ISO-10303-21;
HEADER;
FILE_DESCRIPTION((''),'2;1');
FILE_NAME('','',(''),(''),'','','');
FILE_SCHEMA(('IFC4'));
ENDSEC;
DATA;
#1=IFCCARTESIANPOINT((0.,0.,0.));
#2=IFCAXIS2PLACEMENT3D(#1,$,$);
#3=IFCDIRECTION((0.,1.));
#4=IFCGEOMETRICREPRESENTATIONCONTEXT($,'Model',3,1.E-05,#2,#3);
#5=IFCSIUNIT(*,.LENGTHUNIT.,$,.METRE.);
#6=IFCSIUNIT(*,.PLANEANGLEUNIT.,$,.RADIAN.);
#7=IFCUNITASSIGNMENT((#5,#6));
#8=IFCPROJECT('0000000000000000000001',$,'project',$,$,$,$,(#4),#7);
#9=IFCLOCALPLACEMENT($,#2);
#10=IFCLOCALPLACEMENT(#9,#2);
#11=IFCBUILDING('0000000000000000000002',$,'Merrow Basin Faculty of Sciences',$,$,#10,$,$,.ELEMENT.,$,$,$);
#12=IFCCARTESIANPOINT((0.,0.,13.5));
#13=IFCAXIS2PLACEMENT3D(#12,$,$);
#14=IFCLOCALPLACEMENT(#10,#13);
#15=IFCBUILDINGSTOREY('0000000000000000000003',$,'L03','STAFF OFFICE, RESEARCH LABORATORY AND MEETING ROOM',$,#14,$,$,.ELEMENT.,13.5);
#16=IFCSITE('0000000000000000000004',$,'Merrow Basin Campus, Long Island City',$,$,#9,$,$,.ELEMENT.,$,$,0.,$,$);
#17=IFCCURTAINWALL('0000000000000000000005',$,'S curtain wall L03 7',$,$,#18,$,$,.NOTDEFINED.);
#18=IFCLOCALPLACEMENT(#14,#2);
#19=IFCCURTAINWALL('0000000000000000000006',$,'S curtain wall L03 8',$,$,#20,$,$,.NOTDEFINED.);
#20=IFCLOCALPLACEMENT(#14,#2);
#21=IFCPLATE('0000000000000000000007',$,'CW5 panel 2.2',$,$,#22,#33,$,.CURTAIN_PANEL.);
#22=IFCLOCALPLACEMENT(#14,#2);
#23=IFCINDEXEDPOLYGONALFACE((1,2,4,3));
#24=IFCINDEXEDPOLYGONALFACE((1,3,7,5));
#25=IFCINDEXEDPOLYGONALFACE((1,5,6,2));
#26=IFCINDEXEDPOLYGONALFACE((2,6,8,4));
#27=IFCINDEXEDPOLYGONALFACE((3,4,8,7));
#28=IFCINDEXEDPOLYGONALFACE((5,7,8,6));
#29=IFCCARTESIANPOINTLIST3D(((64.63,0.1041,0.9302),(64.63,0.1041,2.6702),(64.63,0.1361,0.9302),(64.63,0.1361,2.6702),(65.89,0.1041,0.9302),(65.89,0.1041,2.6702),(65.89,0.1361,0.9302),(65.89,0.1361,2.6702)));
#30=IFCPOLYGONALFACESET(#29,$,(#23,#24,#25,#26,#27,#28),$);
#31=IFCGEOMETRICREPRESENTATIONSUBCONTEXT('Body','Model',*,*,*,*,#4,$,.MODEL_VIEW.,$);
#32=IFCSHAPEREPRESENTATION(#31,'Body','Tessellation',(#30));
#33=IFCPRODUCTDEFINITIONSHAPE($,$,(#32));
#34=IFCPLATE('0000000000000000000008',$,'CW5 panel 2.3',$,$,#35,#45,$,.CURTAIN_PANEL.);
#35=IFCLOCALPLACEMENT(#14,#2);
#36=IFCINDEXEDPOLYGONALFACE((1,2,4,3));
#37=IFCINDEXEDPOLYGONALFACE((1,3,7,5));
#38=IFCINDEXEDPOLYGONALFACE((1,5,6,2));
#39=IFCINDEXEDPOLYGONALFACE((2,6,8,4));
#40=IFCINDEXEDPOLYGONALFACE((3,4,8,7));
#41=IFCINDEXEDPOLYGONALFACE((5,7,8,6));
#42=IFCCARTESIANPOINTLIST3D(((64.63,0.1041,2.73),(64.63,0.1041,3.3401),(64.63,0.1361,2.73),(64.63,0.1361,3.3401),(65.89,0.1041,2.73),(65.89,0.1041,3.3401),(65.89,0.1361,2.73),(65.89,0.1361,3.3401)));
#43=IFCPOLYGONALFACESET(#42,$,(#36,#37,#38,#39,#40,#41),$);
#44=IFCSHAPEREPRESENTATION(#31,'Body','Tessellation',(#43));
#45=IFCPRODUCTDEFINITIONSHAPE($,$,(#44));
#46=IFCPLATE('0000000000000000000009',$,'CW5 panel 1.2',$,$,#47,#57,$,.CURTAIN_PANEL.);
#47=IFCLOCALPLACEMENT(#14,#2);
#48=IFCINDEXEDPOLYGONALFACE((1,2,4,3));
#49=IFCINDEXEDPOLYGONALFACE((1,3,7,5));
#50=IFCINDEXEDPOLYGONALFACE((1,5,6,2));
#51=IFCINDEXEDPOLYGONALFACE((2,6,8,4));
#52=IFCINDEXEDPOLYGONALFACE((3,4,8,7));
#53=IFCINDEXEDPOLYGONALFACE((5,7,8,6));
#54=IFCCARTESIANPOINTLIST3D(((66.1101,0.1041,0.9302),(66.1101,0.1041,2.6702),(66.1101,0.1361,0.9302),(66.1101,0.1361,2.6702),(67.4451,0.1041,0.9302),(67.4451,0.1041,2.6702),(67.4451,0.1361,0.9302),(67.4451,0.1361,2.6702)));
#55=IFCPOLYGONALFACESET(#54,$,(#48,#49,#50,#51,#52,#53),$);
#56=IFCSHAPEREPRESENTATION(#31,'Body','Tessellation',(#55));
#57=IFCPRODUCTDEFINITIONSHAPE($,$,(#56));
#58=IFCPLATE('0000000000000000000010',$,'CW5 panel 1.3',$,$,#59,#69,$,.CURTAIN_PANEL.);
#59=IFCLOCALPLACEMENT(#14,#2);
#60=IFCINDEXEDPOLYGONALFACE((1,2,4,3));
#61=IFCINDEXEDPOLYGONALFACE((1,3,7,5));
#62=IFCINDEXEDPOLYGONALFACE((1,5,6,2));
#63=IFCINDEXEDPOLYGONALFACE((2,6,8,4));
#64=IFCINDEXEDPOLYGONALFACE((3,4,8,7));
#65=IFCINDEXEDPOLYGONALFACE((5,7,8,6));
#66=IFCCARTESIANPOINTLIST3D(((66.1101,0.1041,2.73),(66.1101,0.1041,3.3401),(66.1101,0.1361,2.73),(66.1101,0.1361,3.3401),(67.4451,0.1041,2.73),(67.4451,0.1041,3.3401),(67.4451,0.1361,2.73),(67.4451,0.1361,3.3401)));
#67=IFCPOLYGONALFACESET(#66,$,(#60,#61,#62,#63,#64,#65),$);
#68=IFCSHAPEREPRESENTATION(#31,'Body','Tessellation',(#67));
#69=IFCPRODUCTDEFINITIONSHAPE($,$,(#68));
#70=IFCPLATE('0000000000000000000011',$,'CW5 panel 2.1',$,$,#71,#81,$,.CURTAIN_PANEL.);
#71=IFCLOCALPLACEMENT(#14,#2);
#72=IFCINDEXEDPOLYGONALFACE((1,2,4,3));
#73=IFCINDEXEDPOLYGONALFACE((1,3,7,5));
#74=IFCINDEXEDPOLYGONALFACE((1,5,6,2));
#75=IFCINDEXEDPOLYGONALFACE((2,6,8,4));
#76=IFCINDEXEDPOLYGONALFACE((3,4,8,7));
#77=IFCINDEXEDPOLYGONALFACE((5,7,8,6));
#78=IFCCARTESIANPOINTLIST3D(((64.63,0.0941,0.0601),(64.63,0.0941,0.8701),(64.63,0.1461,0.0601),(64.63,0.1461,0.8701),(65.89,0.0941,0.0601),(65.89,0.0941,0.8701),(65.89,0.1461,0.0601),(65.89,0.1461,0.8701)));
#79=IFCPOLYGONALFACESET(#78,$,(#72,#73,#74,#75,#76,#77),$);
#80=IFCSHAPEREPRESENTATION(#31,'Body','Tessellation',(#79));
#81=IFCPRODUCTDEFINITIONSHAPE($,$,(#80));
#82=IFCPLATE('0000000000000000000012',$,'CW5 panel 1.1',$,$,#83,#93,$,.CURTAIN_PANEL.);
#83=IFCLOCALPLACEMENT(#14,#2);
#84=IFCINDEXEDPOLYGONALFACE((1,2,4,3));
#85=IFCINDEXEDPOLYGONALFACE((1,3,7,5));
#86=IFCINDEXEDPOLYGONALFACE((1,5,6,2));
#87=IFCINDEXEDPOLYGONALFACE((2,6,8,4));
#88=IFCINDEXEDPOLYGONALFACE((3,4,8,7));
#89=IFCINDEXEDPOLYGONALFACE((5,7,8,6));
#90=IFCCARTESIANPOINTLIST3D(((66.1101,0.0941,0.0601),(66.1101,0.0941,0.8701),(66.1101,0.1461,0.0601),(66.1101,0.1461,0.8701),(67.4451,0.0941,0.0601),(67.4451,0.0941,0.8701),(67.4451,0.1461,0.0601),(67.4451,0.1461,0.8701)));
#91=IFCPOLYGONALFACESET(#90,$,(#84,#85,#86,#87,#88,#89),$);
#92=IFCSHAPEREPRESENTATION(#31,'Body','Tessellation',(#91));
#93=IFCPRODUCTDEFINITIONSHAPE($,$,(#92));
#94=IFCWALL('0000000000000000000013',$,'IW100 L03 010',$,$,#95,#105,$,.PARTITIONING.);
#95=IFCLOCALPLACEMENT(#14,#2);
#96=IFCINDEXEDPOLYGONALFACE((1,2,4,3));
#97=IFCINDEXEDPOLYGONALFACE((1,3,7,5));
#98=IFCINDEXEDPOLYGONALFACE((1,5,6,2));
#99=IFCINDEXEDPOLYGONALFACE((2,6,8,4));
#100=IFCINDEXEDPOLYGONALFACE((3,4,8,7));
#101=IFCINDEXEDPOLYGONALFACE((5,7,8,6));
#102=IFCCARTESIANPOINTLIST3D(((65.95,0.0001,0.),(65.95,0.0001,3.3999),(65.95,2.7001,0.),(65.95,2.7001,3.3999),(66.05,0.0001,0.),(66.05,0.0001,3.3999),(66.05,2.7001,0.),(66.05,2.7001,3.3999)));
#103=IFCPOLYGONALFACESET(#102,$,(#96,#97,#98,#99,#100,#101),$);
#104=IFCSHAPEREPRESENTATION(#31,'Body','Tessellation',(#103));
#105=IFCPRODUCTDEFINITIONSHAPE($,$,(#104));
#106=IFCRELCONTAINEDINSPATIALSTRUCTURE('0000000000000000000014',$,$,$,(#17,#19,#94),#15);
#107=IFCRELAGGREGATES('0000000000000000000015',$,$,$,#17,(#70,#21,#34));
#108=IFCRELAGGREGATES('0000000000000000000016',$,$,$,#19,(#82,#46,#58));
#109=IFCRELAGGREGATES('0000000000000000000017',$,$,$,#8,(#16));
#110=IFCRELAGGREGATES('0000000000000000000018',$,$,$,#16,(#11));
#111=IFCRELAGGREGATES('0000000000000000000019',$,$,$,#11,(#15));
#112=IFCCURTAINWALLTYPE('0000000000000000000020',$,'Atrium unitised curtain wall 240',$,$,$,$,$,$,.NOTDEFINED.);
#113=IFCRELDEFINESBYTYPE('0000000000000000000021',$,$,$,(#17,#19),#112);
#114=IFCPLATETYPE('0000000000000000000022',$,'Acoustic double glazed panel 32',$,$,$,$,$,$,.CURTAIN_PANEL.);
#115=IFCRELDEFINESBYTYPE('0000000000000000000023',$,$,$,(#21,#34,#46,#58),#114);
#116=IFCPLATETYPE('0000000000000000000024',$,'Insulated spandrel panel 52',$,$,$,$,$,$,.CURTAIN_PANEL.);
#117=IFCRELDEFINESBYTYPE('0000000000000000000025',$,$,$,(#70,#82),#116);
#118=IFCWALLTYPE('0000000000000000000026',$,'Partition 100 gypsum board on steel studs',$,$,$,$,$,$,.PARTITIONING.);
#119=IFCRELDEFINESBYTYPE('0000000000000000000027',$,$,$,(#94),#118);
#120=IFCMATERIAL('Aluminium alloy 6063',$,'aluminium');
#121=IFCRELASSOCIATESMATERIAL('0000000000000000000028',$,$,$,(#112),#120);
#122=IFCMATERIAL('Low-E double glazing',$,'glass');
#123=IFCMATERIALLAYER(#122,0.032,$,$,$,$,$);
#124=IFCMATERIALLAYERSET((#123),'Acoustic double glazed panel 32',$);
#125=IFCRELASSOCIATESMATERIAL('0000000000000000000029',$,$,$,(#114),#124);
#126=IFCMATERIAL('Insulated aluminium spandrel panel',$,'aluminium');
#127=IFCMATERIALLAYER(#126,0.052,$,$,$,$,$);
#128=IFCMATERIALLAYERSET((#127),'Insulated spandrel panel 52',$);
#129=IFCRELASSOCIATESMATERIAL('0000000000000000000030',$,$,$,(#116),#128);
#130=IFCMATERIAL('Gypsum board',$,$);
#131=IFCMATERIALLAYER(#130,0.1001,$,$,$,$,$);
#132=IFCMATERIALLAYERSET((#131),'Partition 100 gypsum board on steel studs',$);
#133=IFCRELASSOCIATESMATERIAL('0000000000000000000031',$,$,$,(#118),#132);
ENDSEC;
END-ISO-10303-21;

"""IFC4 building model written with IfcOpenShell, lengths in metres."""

from ifc_helpers import new_model, si_unit, direction, frame, frame_2d, origin, origin_2d, place, context, subcontext, project, spatial, rectangle, extrude, material, layer, layer_set, type_object, element, aggregate, save


model = new_model("IFC4")

# Units and contexts
model_context = context("Model", 3, precision=1e-05, world=origin(), true_north=direction((0.0, 1.0)))
body_context = subcontext(model_context, "Body", "Model", "MODEL_VIEW")
ifc_project = project(units=[si_unit("LENGTHUNIT", "METRE"), si_unit("PLANEANGLEUNIT", "RADIAN")], contexts=[model_context])

# Site, building, storey
site_placement = place(None, origin())
site = spatial("IfcSite", under=ifc_project, at=site_placement, Name="Merrow Basin Campus, Long Island City", CompositionType="ELEMENT", RefElevation=0.0)
building_placement = place(site_placement, origin())
building = spatial("IfcBuilding", under=site, at=building_placement, Name="Merrow Basin Faculty of Sciences", CompositionType="ELEMENT")
storey_placement = place(building_placement, frame((0.0, 0.0, 13.5)))
storey = spatial("IfcBuildingStorey", under=building, at=storey_placement, Name="L03", Description="STAFF OFFICE, RESEARCH LABORATORY AND MEETING ROOM", CompositionType="ELEMENT", Elevation=13.5)

# Curtain walls
ifc_material_1 = material(Name="Aluminium alloy 6063", Category="aluminium")
curtain_wall_type = type_object("IfcCurtainWallType", Name="Atrium unitised curtain wall 240", PredefinedType="NOTDEFINED", material=ifc_material_1)
curtain_wall_1_placement = place(storey_placement, origin())
curtain_wall_1 = element("IfcCurtainWall", 1, at=curtain_wall_1_placement, inside=storey, type_object=curtain_wall_type, Name="S curtain wall L03 7", PredefinedType="NOTDEFINED")
curtain_wall_2_placement = place(storey_placement, origin())
curtain_wall_2 = element("IfcCurtainWall", 2, at=curtain_wall_2_placement, inside=storey, type_object=curtain_wall_type, Name="S curtain wall L03 8", PredefinedType="NOTDEFINED")

# Plates
ifc_material_2 = material(Name="Low-E double glazing", Category="glass")
ifc_layer_1 = layer(ifc_material_2, 0.032)
ifc_layer_set_1 = layer_set([ifc_layer_1], Name="Acoustic double glazed panel 32")
plate_type_1 = type_object("IfcPlateType", Name="Acoustic double glazed panel 32", PredefinedType="CURTAIN_PANEL", material=ifc_layer_set_1)
plate_1_placement = place(storey_placement, frame((65.26, 0.1201, 0.9302), z_axis=(0.0, 0.0, 1.0), x_axis=(1.0, 0.0, 0.0)))
plate_1 = element("IfcPlate", 3, at=plate_1_placement, type_object=plate_type_1, Name="CW5 panel 2.2", PredefinedType="CURTAIN_PANEL", context=body_context, shape_type="SweptSolid", body=[
    extrude(rectangle(XDim=1.26, YDim=0.032, at=origin_2d()), origin(), (0.0, 0.0, 1.0), 1.74),
])
plate_2_placement = place(storey_placement, frame((65.26, 0.1201, 2.73), z_axis=(0.0, 0.0, 1.0), x_axis=(1.0, 0.0, 0.0)))
plate_2 = element("IfcPlate", 4, at=plate_2_placement, type_object=plate_type_1, Name="CW5 panel 2.3", PredefinedType="CURTAIN_PANEL", context=body_context, shape_type="SweptSolid", body=[
    extrude(rectangle(XDim=1.26, YDim=0.032, at=origin_2d()), origin(), (0.0, 0.0, 1.0), 0.6101),
])
plate_3_placement = place(storey_placement, frame((66.7776, 0.1201, 0.9302), z_axis=(0.0, 0.0, 1.0), x_axis=(1.0, 0.0, 0.0)))
plate_3 = element("IfcPlate", 5, at=plate_3_placement, type_object=plate_type_1, Name="CW5 panel 1.2", PredefinedType="CURTAIN_PANEL", context=body_context, shape_type="SweptSolid", body=[
    extrude(rectangle(XDim=1.335, YDim=0.032, at=origin_2d()), origin(), (0.0, 0.0, 1.0), 1.74),
])
plate_4_placement = place(storey_placement, frame((66.7776, 0.1201, 2.73), z_axis=(0.0, 0.0, 1.0), x_axis=(1.0, 0.0, 0.0)))
plate_4 = element("IfcPlate", 6, at=plate_4_placement, type_object=plate_type_1, Name="CW5 panel 1.3", PredefinedType="CURTAIN_PANEL", context=body_context, shape_type="SweptSolid", body=[
    extrude(rectangle(XDim=1.335, YDim=0.032, at=origin_2d()), origin(), (0.0, 0.0, 1.0), 0.6101),
])
ifc_material_3 = material(Name="Insulated aluminium spandrel panel", Category="aluminium")
ifc_layer_2 = layer(ifc_material_3, 0.052)
ifc_layer_set_2 = layer_set([ifc_layer_2], Name="Insulated spandrel panel 52")
plate_type_2 = type_object("IfcPlateType", Name="Insulated spandrel panel 52", PredefinedType="CURTAIN_PANEL", material=ifc_layer_set_2)
plate_5_placement = place(storey_placement, frame((65.26, 0.1201, 0.0601), z_axis=(0.0, 0.0, 1.0), x_axis=(1.0, 0.0, 0.0)))
plate_5 = element("IfcPlate", 7, at=plate_5_placement, type_object=plate_type_2, Name="CW5 panel 2.1", PredefinedType="CURTAIN_PANEL", context=body_context, shape_type="SweptSolid", body=[
    extrude(rectangle(XDim=1.26, YDim=0.052, at=origin_2d()), origin(), (0.0, 0.0, 1.0), 0.8101),
])
aggregate(curtain_wall_1, [plate_5, plate_1, plate_2])
plate_6_placement = place(storey_placement, frame((66.7776, 0.1201, 0.0601), z_axis=(0.0, 0.0, 1.0), x_axis=(1.0, 0.0, 0.0)))
plate_6 = element("IfcPlate", 8, at=plate_6_placement, type_object=plate_type_2, Name="CW5 panel 1.1", PredefinedType="CURTAIN_PANEL", context=body_context, shape_type="SweptSolid", body=[
    extrude(rectangle(XDim=1.335, YDim=0.052, at=origin_2d()), origin(), (0.0, 0.0, 1.0), 0.8101),
])
aggregate(curtain_wall_2, [plate_6, plate_3, plate_4])

# Wall
ifc_material_4 = material(Name="Gypsum board")
ifc_layer_3 = layer(ifc_material_4, 0.1001)
ifc_layer_set_3 = layer_set([ifc_layer_3], Name="Partition 100 gypsum board on steel studs")
wall_type = type_object("IfcWallType", Name="Partition 100 gypsum board on steel studs", PredefinedType="PARTITIONING", material=ifc_layer_set_3)
wall_placement = place(storey_placement, frame((66.0, 0.0, 0.0), z_axis=(0.0, 0.0, 1.0), x_axis=(0.0, 1.0, 0.0)))
element("IfcWall", 9, at=wall_placement, inside=storey, type_object=wall_type, Name="IW100 L03 010", PredefinedType="PARTITIONING", context=body_context, shape_type="SweptSolid", body=[
    extrude(rectangle(XDim=2.7, YDim=0.1001, at=frame_2d((1.3501, 0.0))), origin(), (0.0, 0.0, 1.0), 3.3999),
])

save(model, "model.ifc")
